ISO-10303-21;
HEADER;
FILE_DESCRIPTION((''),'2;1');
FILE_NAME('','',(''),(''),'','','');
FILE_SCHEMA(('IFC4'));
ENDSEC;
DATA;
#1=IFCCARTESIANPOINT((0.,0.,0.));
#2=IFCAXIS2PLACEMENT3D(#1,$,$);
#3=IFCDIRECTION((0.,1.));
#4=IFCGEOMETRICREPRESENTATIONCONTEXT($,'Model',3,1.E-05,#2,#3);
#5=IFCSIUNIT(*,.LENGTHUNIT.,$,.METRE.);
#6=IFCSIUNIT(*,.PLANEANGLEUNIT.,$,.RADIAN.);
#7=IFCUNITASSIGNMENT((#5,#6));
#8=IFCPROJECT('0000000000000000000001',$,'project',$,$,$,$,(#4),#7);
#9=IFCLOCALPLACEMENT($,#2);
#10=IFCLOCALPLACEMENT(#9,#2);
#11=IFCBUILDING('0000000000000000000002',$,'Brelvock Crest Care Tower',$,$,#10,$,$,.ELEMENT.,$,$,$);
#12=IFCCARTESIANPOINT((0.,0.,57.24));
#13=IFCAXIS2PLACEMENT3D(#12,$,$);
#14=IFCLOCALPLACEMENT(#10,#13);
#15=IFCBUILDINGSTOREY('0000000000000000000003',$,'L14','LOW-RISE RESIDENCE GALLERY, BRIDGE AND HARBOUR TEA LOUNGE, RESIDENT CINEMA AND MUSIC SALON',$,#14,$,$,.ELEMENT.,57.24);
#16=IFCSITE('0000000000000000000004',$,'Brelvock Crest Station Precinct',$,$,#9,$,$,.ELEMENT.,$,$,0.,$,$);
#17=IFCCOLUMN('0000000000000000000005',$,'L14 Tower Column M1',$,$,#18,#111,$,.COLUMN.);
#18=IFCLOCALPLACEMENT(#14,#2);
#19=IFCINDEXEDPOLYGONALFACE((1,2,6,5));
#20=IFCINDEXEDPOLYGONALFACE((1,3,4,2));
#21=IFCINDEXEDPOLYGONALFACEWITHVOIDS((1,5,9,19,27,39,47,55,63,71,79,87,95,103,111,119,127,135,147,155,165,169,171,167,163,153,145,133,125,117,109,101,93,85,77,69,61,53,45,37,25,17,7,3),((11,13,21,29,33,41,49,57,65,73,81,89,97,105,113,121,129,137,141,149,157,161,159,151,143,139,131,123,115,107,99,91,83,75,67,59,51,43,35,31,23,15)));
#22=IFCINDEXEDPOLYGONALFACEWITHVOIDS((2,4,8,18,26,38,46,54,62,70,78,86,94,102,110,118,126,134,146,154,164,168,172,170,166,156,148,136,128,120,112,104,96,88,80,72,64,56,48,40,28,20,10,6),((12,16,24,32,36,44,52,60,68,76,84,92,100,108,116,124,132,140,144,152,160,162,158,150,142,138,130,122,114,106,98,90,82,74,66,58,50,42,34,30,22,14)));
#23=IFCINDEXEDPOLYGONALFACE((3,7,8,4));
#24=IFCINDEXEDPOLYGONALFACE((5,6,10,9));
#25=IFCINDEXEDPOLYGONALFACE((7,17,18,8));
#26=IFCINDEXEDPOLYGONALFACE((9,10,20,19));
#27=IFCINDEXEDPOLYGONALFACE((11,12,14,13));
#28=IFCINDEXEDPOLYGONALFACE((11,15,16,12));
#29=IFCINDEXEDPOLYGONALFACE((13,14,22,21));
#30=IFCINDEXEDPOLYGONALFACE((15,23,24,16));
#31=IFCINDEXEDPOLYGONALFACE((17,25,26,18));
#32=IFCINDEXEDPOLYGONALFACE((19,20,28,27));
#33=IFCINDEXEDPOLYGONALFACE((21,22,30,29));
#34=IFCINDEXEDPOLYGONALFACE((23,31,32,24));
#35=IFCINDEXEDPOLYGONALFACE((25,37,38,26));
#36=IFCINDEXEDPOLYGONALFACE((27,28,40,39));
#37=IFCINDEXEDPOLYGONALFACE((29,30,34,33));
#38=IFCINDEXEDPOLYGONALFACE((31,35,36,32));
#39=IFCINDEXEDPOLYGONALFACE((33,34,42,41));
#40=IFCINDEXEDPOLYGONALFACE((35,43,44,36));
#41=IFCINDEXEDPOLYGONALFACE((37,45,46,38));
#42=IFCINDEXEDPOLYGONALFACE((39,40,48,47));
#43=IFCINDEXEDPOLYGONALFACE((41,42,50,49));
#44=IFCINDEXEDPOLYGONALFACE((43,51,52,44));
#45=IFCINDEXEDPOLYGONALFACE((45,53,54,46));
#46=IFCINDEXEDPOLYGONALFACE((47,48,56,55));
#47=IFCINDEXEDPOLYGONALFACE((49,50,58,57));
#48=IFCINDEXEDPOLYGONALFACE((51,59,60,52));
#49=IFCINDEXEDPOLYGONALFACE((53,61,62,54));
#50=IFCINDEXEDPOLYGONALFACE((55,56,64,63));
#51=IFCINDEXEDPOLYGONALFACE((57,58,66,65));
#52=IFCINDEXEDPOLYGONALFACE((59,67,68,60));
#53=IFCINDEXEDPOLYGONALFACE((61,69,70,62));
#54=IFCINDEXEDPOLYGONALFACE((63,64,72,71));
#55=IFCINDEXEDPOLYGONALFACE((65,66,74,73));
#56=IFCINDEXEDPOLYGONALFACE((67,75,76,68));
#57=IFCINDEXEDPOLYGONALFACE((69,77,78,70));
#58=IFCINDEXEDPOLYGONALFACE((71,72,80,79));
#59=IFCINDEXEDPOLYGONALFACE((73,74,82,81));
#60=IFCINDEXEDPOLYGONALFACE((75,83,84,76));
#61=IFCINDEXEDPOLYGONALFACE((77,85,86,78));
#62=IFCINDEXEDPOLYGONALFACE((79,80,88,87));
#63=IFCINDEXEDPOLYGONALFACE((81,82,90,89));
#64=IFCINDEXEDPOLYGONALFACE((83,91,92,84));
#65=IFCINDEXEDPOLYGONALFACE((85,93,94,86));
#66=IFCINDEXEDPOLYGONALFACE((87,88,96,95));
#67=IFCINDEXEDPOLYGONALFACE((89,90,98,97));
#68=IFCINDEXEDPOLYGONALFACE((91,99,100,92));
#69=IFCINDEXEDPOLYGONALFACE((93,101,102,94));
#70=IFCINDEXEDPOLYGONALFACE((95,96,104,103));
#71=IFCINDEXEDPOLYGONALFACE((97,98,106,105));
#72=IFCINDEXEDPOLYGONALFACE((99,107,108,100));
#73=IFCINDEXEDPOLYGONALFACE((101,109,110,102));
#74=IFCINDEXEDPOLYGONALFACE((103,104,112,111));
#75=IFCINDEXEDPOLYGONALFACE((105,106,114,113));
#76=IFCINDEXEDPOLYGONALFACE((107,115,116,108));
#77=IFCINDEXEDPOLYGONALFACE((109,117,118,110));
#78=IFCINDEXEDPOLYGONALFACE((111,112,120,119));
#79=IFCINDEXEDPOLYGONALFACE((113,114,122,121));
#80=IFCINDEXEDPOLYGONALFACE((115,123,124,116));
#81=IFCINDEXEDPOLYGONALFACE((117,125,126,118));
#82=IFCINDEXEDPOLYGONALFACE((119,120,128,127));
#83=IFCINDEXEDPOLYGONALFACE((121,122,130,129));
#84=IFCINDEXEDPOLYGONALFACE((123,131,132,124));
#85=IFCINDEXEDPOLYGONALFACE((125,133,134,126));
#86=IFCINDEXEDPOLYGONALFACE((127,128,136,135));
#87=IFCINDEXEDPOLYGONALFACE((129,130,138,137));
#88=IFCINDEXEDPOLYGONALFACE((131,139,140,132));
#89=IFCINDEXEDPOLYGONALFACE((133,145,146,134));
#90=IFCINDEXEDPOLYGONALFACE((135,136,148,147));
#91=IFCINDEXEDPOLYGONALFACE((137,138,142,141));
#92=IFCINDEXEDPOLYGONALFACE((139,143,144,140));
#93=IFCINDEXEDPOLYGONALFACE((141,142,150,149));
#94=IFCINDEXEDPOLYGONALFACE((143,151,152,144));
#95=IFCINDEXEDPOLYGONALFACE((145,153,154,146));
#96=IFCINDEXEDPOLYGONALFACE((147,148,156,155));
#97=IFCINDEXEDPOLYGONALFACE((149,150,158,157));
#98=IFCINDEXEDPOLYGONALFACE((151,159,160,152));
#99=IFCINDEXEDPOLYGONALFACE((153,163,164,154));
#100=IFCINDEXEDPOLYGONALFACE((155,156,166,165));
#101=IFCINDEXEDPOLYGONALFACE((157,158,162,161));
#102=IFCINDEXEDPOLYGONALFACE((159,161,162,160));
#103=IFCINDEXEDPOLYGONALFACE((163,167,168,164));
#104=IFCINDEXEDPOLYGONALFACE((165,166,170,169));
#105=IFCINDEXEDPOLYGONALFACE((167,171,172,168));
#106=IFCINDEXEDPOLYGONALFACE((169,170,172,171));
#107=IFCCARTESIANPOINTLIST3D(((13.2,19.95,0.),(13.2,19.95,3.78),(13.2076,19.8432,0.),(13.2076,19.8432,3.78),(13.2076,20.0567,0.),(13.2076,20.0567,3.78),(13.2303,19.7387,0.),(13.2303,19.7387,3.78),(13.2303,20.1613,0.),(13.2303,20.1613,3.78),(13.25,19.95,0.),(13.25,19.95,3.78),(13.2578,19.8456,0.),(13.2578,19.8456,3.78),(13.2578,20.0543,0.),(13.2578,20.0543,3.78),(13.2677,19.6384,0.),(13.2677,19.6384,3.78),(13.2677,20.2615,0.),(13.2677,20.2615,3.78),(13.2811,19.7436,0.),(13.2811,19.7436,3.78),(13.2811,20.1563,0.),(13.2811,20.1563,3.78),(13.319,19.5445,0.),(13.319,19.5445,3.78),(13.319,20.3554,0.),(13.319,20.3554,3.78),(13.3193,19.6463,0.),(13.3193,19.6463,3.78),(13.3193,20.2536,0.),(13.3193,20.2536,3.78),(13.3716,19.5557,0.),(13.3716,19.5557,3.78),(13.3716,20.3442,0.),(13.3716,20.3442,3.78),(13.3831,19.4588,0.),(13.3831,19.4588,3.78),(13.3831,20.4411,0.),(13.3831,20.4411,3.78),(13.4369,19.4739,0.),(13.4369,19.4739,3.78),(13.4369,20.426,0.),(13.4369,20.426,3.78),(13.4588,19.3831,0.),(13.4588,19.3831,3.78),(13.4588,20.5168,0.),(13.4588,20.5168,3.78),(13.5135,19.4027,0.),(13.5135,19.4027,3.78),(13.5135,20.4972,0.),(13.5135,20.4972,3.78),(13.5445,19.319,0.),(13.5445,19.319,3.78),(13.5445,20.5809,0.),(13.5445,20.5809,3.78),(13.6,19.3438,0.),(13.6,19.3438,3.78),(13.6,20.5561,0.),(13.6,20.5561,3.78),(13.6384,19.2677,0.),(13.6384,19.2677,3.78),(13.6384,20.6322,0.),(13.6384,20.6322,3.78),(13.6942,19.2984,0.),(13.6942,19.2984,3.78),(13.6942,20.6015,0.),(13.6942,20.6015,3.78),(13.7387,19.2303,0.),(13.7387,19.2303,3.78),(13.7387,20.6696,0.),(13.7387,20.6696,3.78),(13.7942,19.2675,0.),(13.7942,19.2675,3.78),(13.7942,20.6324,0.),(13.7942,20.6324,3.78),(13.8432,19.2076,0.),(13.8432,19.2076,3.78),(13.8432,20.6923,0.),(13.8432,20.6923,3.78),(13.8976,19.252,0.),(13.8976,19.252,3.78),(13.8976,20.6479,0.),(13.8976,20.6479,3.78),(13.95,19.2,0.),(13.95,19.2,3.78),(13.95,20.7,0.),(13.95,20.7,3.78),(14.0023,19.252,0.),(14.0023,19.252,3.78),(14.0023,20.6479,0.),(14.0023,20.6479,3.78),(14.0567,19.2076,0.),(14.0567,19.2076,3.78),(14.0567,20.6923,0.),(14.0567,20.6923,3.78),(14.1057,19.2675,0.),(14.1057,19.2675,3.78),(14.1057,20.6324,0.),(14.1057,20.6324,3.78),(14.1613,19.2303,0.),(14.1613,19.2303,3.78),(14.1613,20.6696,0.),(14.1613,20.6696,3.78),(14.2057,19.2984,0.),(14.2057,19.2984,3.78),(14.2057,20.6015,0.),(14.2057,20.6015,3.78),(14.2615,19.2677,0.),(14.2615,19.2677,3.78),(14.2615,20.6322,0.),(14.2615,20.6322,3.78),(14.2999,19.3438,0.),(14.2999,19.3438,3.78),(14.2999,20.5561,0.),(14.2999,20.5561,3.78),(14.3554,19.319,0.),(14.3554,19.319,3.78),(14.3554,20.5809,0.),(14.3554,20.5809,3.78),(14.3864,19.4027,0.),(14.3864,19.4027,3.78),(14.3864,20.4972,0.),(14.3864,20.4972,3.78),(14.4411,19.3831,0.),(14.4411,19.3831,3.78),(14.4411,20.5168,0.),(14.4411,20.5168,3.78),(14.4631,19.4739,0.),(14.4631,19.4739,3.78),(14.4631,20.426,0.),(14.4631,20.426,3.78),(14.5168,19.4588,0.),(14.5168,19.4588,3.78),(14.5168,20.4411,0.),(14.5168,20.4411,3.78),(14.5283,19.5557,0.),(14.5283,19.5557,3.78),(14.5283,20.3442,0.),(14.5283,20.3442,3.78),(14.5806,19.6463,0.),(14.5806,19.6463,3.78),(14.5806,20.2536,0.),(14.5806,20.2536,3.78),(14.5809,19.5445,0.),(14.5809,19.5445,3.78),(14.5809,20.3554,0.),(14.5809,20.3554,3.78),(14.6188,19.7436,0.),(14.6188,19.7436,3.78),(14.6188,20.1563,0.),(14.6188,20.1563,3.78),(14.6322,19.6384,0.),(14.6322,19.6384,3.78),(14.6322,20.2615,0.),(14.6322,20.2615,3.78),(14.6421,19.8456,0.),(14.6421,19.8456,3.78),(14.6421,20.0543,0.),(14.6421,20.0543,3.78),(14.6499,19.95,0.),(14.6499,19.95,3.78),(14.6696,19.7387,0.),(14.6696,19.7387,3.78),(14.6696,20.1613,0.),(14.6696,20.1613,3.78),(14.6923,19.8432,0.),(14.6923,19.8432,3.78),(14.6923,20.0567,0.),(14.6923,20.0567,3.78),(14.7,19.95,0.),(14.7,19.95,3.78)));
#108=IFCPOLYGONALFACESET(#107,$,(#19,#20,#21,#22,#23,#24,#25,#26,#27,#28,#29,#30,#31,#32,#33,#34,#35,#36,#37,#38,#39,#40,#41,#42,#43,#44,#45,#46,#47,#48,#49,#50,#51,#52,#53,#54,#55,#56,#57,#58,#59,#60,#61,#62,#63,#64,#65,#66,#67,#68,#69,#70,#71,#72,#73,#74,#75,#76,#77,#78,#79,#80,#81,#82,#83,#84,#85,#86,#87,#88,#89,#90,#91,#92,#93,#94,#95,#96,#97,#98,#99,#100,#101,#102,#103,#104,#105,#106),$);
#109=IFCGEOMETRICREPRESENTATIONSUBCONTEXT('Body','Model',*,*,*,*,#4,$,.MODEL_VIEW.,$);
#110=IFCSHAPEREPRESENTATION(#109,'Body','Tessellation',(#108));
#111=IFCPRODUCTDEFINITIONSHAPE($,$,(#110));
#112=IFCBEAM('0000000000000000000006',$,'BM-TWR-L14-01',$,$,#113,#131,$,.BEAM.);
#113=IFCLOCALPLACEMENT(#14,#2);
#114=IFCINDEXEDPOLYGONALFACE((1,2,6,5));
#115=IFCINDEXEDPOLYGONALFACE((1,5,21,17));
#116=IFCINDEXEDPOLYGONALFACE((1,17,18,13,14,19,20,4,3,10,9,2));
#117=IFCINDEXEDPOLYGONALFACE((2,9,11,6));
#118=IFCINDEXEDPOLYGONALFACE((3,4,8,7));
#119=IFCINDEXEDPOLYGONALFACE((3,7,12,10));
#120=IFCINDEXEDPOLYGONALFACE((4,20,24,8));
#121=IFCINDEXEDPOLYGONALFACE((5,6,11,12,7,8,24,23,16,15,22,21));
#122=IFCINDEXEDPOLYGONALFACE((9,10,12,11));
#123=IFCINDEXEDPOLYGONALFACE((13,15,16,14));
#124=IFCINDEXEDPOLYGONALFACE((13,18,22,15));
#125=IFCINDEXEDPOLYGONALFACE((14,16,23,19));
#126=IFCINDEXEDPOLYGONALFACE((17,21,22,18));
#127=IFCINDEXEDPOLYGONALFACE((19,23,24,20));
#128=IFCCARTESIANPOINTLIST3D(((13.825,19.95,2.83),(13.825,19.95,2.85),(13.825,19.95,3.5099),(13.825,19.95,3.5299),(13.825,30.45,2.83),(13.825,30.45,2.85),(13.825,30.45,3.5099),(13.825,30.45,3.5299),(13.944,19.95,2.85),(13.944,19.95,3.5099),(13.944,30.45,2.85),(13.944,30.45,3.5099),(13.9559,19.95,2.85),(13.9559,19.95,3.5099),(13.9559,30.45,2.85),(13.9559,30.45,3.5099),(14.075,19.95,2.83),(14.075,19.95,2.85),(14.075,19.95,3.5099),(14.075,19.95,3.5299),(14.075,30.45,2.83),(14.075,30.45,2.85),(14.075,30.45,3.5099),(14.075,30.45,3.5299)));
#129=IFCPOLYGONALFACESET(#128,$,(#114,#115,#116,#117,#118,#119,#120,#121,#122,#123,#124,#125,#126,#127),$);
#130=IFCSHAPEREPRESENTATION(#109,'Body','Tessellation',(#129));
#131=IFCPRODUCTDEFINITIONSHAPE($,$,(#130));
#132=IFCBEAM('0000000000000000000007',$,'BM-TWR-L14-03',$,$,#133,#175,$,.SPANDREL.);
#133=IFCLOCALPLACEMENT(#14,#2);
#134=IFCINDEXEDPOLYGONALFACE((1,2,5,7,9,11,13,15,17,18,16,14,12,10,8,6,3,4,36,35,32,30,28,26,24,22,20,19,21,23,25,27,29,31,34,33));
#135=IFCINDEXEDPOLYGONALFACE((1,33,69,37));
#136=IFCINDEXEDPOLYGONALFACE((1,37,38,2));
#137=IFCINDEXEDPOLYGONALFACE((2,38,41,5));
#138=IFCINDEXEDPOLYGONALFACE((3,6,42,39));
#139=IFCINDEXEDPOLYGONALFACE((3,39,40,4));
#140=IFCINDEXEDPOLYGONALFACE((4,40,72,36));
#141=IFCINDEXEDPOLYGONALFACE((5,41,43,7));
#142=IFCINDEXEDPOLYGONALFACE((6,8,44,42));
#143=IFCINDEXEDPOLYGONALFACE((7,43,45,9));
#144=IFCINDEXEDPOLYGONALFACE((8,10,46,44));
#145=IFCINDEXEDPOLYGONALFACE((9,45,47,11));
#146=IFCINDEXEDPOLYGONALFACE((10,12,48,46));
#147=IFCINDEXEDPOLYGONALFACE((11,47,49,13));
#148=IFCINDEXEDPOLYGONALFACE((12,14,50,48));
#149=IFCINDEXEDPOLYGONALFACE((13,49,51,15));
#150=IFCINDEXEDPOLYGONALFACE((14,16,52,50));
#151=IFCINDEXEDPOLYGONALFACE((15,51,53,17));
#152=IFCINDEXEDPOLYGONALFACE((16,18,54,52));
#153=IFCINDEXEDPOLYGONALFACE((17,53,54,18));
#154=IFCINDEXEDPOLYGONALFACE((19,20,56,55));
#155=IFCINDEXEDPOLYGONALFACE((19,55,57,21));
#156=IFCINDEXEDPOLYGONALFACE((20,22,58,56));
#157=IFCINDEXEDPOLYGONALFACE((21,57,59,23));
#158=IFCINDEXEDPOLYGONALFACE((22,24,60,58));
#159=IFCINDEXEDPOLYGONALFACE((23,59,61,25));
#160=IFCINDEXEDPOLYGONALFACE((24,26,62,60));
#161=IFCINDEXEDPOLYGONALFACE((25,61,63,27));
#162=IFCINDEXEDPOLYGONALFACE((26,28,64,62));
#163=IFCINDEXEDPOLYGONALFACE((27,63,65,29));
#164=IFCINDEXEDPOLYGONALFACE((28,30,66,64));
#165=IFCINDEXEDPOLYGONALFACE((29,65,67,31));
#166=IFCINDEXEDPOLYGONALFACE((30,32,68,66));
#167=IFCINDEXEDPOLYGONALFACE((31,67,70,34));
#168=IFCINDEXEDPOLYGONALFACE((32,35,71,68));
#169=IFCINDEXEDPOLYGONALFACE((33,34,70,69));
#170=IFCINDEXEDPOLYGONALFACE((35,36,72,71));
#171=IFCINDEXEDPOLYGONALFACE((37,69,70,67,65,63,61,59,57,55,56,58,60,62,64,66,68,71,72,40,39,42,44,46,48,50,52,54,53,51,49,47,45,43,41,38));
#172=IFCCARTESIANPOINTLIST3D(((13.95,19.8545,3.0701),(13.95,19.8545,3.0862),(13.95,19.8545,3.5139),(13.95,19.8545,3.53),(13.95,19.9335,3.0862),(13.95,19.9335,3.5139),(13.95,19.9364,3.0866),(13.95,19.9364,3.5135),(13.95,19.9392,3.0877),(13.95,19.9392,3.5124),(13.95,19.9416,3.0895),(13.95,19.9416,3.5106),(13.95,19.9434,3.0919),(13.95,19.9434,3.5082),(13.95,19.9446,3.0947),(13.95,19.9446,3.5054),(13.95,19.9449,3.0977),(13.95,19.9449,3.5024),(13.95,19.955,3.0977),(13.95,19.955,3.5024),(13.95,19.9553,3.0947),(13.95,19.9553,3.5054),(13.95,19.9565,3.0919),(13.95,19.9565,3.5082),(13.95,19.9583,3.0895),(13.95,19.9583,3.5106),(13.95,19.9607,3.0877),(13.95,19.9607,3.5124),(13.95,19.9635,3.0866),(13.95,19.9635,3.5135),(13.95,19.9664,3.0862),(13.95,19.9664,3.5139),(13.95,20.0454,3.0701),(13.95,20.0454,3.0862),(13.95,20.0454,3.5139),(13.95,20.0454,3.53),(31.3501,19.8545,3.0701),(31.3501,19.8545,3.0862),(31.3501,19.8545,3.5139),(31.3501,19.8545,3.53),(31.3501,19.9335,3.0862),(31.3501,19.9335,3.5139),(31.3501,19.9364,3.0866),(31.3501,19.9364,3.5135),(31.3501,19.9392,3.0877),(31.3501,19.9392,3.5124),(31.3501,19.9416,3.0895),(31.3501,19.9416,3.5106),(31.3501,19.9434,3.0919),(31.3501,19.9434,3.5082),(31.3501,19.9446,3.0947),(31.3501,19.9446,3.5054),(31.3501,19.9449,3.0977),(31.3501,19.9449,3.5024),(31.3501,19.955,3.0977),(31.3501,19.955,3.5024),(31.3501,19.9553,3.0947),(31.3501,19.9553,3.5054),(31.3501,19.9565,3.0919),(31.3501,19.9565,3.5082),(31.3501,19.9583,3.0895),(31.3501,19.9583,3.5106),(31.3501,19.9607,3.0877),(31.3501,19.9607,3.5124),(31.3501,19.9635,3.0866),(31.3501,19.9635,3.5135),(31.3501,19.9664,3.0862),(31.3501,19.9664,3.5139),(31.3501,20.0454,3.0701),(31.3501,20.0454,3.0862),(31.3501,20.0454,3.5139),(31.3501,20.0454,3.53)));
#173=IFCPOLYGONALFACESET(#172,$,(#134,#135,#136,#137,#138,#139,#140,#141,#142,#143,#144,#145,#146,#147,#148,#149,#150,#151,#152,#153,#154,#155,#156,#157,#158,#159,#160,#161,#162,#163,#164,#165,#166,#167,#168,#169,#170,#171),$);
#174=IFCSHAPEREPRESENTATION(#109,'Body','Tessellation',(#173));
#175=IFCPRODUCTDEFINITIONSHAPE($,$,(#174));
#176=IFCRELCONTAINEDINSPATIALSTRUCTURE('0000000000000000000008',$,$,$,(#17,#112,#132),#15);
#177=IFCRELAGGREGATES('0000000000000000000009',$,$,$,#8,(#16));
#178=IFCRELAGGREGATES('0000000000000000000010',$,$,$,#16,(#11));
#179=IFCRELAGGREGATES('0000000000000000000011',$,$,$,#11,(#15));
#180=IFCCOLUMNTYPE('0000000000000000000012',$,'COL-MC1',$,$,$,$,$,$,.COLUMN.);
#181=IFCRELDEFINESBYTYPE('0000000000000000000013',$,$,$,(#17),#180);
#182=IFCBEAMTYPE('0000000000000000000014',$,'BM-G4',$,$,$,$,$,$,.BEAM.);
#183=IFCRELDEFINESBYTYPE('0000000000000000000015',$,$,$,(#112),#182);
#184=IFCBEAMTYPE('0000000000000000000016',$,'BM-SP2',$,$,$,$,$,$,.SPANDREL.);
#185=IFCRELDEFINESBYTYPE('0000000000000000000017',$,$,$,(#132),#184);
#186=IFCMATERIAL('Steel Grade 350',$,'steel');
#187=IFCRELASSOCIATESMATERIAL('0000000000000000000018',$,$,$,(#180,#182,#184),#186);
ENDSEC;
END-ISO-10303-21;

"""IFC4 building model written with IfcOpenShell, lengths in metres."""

from ifc_helpers import new_model, si_unit, direction, frame, origin, origin_2d, place, context, subcontext, project, spatial, hollow_circle, i_section, extrude, source, transform, mapped, material, material_profile, profile_set, type_object, element, save


model = new_model("IFC4")

# Units and contexts
model_context = context("Model", 3, precision=1e-05, world=origin(), true_north=direction((0.0, 1.0)))
body_context = subcontext(model_context, "Body", "Model", "MODEL_VIEW")
ifc_project = project(units=[si_unit("LENGTHUNIT", "METRE"), si_unit("PLANEANGLEUNIT", "RADIAN")], contexts=[model_context])

# Site, building, storey
site_placement = place(None, origin())
site = spatial("IfcSite", under=ifc_project, at=site_placement, Name="Brelvock Crest Station Precinct", CompositionType="ELEMENT", RefElevation=0.0)
building_placement = place(site_placement, origin())
building = spatial("IfcBuilding", under=site, at=building_placement, Name="Brelvock Crest Care Tower", CompositionType="ELEMENT")
storey_placement = place(building_placement, frame((0.0, 0.0, 57.24)))
storey = spatial("IfcBuildingStorey", under=building, at=storey_placement, Name="L14", Description="LOW-RISE RESIDENCE GALLERY, BRIDGE AND HARBOUR TEA LOUNGE, RESIDENT CINEMA AND MUSIC SALON", CompositionType="ELEMENT", Elevation=57.24)

# Column
ifc_material_1 = material(Name="Steel Grade 350", Category="steel")
ifc_material_profile_1 = material_profile(ifc_material_1, hollow_circle(Radius=0.75, WallThickness=0.05, at=origin_2d()), Name="CFT1500x50")
ifc_profile_set_1 = profile_set([ifc_material_profile_1], Name="Steel Grade 350")
column_type = type_object("IfcColumnType", Name="COL-MC1", PredefinedType="COLUMN", material=ifc_profile_set_1)
shared_shape_1 = source(origin(), body_context, "Body", "SweptSolid", [
    extrude(hollow_circle(Radius=0.75, WallThickness=0.05, at=origin_2d()), origin(), (0.0, 0.0, 1.0), 3.78),
])
column_placement = place(storey_placement, frame((13.95, 19.95, 0.0), z_axis=(0.0, 0.0, 1.0), x_axis=(1.0, 0.0, 0.0)))
element("IfcColumn", 1, at=column_placement, inside=storey, type_object=column_type, Name="L14 Tower Column M1", PredefinedType="COLUMN", context=body_context, shape_type="MappedRepresentation", body=[
    mapped(shared_shape_1, transform((0.0, 0.0, 0.0), x_axis=(1.0, 0.0, 0.0), y_axis=(0.0, 1.0, 0.0), z_axis=(0.0, 0.0, 1.0), scale=1.0)),
])

# Beams
ifc_material_profile_2 = material_profile(ifc_material_1, i_section(OverallWidth=0.25, OverallDepth=0.7, WebThickness=0.012, FlangeThickness=0.02, at=origin_2d()), Name="700WB150")
ifc_profile_set_2 = profile_set([ifc_material_profile_2], Name="Steel Grade 350")
beam_type_1 = type_object("IfcBeamType", Name="BM-G4", PredefinedType="BEAM", material=ifc_profile_set_2)
shared_shape_2 = source(origin(), body_context, "Body", "SweptSolid", [
    extrude(i_section(OverallWidth=0.25, OverallDepth=0.7, WebThickness=0.012, FlangeThickness=0.02, at=origin_2d()), origin(), (0.0, 0.0, 1.0), 10.5),
])
beam_1_placement = place(storey_placement, frame((13.95, 19.95, 3.1799), z_axis=(0.0, 1.0, 0.0), x_axis=(-1.0, 0.0, 0.0)))
element("IfcBeam", 2, at=beam_1_placement, inside=storey, type_object=beam_type_1, Name="BM-TWR-L14-01", PredefinedType="BEAM", context=body_context, shape_type="MappedRepresentation", body=[
    mapped(shared_shape_2, transform((0.0, 0.0, 0.0), x_axis=(1.0, 0.0, 0.0), y_axis=(0.0, 1.0, 0.0), z_axis=(0.0, 0.0, 1.0), scale=1.0)),
])
ifc_material_profile_3 = material_profile(ifc_material_1, i_section(OverallWidth=0.1909, OverallDepth=0.46, WebThickness=0.01, FlangeThickness=0.0161, FilletRadius=0.0115, at=origin_2d()), Name="460UB82.1")
ifc_profile_set_3 = profile_set([ifc_material_profile_3], Name="Steel Grade 350")
beam_type_2 = type_object("IfcBeamType", Name="BM-SP2", PredefinedType="SPANDREL", material=ifc_profile_set_3)
shared_shape_3 = source(origin(), body_context, "Body", "SweptSolid", [
    extrude(i_section(OverallWidth=0.1909, OverallDepth=0.46, WebThickness=0.01, FlangeThickness=0.0161, FilletRadius=0.0115, at=origin_2d()), origin(), (0.0, 0.0, 1.0), 17.4001),
])
beam_2_placement = place(storey_placement, frame((13.95, 19.95, 3.3), z_axis=(1.0, 0.0, 0.0), x_axis=(0.0, 1.0, 0.0)))
element("IfcBeam", 3, at=beam_2_placement, inside=storey, type_object=beam_type_2, Name="BM-TWR-L14-03", PredefinedType="SPANDREL", context=body_context, shape_type="MappedRepresentation", body=[
    mapped(shared_shape_3, transform((0.0, 0.0, 0.0), x_axis=(1.0, 0.0, 0.0), y_axis=(0.0, 1.0, 0.0), z_axis=(0.0, 0.0, 1.0), scale=1.0)),
])

save(model, "model.ifc")
